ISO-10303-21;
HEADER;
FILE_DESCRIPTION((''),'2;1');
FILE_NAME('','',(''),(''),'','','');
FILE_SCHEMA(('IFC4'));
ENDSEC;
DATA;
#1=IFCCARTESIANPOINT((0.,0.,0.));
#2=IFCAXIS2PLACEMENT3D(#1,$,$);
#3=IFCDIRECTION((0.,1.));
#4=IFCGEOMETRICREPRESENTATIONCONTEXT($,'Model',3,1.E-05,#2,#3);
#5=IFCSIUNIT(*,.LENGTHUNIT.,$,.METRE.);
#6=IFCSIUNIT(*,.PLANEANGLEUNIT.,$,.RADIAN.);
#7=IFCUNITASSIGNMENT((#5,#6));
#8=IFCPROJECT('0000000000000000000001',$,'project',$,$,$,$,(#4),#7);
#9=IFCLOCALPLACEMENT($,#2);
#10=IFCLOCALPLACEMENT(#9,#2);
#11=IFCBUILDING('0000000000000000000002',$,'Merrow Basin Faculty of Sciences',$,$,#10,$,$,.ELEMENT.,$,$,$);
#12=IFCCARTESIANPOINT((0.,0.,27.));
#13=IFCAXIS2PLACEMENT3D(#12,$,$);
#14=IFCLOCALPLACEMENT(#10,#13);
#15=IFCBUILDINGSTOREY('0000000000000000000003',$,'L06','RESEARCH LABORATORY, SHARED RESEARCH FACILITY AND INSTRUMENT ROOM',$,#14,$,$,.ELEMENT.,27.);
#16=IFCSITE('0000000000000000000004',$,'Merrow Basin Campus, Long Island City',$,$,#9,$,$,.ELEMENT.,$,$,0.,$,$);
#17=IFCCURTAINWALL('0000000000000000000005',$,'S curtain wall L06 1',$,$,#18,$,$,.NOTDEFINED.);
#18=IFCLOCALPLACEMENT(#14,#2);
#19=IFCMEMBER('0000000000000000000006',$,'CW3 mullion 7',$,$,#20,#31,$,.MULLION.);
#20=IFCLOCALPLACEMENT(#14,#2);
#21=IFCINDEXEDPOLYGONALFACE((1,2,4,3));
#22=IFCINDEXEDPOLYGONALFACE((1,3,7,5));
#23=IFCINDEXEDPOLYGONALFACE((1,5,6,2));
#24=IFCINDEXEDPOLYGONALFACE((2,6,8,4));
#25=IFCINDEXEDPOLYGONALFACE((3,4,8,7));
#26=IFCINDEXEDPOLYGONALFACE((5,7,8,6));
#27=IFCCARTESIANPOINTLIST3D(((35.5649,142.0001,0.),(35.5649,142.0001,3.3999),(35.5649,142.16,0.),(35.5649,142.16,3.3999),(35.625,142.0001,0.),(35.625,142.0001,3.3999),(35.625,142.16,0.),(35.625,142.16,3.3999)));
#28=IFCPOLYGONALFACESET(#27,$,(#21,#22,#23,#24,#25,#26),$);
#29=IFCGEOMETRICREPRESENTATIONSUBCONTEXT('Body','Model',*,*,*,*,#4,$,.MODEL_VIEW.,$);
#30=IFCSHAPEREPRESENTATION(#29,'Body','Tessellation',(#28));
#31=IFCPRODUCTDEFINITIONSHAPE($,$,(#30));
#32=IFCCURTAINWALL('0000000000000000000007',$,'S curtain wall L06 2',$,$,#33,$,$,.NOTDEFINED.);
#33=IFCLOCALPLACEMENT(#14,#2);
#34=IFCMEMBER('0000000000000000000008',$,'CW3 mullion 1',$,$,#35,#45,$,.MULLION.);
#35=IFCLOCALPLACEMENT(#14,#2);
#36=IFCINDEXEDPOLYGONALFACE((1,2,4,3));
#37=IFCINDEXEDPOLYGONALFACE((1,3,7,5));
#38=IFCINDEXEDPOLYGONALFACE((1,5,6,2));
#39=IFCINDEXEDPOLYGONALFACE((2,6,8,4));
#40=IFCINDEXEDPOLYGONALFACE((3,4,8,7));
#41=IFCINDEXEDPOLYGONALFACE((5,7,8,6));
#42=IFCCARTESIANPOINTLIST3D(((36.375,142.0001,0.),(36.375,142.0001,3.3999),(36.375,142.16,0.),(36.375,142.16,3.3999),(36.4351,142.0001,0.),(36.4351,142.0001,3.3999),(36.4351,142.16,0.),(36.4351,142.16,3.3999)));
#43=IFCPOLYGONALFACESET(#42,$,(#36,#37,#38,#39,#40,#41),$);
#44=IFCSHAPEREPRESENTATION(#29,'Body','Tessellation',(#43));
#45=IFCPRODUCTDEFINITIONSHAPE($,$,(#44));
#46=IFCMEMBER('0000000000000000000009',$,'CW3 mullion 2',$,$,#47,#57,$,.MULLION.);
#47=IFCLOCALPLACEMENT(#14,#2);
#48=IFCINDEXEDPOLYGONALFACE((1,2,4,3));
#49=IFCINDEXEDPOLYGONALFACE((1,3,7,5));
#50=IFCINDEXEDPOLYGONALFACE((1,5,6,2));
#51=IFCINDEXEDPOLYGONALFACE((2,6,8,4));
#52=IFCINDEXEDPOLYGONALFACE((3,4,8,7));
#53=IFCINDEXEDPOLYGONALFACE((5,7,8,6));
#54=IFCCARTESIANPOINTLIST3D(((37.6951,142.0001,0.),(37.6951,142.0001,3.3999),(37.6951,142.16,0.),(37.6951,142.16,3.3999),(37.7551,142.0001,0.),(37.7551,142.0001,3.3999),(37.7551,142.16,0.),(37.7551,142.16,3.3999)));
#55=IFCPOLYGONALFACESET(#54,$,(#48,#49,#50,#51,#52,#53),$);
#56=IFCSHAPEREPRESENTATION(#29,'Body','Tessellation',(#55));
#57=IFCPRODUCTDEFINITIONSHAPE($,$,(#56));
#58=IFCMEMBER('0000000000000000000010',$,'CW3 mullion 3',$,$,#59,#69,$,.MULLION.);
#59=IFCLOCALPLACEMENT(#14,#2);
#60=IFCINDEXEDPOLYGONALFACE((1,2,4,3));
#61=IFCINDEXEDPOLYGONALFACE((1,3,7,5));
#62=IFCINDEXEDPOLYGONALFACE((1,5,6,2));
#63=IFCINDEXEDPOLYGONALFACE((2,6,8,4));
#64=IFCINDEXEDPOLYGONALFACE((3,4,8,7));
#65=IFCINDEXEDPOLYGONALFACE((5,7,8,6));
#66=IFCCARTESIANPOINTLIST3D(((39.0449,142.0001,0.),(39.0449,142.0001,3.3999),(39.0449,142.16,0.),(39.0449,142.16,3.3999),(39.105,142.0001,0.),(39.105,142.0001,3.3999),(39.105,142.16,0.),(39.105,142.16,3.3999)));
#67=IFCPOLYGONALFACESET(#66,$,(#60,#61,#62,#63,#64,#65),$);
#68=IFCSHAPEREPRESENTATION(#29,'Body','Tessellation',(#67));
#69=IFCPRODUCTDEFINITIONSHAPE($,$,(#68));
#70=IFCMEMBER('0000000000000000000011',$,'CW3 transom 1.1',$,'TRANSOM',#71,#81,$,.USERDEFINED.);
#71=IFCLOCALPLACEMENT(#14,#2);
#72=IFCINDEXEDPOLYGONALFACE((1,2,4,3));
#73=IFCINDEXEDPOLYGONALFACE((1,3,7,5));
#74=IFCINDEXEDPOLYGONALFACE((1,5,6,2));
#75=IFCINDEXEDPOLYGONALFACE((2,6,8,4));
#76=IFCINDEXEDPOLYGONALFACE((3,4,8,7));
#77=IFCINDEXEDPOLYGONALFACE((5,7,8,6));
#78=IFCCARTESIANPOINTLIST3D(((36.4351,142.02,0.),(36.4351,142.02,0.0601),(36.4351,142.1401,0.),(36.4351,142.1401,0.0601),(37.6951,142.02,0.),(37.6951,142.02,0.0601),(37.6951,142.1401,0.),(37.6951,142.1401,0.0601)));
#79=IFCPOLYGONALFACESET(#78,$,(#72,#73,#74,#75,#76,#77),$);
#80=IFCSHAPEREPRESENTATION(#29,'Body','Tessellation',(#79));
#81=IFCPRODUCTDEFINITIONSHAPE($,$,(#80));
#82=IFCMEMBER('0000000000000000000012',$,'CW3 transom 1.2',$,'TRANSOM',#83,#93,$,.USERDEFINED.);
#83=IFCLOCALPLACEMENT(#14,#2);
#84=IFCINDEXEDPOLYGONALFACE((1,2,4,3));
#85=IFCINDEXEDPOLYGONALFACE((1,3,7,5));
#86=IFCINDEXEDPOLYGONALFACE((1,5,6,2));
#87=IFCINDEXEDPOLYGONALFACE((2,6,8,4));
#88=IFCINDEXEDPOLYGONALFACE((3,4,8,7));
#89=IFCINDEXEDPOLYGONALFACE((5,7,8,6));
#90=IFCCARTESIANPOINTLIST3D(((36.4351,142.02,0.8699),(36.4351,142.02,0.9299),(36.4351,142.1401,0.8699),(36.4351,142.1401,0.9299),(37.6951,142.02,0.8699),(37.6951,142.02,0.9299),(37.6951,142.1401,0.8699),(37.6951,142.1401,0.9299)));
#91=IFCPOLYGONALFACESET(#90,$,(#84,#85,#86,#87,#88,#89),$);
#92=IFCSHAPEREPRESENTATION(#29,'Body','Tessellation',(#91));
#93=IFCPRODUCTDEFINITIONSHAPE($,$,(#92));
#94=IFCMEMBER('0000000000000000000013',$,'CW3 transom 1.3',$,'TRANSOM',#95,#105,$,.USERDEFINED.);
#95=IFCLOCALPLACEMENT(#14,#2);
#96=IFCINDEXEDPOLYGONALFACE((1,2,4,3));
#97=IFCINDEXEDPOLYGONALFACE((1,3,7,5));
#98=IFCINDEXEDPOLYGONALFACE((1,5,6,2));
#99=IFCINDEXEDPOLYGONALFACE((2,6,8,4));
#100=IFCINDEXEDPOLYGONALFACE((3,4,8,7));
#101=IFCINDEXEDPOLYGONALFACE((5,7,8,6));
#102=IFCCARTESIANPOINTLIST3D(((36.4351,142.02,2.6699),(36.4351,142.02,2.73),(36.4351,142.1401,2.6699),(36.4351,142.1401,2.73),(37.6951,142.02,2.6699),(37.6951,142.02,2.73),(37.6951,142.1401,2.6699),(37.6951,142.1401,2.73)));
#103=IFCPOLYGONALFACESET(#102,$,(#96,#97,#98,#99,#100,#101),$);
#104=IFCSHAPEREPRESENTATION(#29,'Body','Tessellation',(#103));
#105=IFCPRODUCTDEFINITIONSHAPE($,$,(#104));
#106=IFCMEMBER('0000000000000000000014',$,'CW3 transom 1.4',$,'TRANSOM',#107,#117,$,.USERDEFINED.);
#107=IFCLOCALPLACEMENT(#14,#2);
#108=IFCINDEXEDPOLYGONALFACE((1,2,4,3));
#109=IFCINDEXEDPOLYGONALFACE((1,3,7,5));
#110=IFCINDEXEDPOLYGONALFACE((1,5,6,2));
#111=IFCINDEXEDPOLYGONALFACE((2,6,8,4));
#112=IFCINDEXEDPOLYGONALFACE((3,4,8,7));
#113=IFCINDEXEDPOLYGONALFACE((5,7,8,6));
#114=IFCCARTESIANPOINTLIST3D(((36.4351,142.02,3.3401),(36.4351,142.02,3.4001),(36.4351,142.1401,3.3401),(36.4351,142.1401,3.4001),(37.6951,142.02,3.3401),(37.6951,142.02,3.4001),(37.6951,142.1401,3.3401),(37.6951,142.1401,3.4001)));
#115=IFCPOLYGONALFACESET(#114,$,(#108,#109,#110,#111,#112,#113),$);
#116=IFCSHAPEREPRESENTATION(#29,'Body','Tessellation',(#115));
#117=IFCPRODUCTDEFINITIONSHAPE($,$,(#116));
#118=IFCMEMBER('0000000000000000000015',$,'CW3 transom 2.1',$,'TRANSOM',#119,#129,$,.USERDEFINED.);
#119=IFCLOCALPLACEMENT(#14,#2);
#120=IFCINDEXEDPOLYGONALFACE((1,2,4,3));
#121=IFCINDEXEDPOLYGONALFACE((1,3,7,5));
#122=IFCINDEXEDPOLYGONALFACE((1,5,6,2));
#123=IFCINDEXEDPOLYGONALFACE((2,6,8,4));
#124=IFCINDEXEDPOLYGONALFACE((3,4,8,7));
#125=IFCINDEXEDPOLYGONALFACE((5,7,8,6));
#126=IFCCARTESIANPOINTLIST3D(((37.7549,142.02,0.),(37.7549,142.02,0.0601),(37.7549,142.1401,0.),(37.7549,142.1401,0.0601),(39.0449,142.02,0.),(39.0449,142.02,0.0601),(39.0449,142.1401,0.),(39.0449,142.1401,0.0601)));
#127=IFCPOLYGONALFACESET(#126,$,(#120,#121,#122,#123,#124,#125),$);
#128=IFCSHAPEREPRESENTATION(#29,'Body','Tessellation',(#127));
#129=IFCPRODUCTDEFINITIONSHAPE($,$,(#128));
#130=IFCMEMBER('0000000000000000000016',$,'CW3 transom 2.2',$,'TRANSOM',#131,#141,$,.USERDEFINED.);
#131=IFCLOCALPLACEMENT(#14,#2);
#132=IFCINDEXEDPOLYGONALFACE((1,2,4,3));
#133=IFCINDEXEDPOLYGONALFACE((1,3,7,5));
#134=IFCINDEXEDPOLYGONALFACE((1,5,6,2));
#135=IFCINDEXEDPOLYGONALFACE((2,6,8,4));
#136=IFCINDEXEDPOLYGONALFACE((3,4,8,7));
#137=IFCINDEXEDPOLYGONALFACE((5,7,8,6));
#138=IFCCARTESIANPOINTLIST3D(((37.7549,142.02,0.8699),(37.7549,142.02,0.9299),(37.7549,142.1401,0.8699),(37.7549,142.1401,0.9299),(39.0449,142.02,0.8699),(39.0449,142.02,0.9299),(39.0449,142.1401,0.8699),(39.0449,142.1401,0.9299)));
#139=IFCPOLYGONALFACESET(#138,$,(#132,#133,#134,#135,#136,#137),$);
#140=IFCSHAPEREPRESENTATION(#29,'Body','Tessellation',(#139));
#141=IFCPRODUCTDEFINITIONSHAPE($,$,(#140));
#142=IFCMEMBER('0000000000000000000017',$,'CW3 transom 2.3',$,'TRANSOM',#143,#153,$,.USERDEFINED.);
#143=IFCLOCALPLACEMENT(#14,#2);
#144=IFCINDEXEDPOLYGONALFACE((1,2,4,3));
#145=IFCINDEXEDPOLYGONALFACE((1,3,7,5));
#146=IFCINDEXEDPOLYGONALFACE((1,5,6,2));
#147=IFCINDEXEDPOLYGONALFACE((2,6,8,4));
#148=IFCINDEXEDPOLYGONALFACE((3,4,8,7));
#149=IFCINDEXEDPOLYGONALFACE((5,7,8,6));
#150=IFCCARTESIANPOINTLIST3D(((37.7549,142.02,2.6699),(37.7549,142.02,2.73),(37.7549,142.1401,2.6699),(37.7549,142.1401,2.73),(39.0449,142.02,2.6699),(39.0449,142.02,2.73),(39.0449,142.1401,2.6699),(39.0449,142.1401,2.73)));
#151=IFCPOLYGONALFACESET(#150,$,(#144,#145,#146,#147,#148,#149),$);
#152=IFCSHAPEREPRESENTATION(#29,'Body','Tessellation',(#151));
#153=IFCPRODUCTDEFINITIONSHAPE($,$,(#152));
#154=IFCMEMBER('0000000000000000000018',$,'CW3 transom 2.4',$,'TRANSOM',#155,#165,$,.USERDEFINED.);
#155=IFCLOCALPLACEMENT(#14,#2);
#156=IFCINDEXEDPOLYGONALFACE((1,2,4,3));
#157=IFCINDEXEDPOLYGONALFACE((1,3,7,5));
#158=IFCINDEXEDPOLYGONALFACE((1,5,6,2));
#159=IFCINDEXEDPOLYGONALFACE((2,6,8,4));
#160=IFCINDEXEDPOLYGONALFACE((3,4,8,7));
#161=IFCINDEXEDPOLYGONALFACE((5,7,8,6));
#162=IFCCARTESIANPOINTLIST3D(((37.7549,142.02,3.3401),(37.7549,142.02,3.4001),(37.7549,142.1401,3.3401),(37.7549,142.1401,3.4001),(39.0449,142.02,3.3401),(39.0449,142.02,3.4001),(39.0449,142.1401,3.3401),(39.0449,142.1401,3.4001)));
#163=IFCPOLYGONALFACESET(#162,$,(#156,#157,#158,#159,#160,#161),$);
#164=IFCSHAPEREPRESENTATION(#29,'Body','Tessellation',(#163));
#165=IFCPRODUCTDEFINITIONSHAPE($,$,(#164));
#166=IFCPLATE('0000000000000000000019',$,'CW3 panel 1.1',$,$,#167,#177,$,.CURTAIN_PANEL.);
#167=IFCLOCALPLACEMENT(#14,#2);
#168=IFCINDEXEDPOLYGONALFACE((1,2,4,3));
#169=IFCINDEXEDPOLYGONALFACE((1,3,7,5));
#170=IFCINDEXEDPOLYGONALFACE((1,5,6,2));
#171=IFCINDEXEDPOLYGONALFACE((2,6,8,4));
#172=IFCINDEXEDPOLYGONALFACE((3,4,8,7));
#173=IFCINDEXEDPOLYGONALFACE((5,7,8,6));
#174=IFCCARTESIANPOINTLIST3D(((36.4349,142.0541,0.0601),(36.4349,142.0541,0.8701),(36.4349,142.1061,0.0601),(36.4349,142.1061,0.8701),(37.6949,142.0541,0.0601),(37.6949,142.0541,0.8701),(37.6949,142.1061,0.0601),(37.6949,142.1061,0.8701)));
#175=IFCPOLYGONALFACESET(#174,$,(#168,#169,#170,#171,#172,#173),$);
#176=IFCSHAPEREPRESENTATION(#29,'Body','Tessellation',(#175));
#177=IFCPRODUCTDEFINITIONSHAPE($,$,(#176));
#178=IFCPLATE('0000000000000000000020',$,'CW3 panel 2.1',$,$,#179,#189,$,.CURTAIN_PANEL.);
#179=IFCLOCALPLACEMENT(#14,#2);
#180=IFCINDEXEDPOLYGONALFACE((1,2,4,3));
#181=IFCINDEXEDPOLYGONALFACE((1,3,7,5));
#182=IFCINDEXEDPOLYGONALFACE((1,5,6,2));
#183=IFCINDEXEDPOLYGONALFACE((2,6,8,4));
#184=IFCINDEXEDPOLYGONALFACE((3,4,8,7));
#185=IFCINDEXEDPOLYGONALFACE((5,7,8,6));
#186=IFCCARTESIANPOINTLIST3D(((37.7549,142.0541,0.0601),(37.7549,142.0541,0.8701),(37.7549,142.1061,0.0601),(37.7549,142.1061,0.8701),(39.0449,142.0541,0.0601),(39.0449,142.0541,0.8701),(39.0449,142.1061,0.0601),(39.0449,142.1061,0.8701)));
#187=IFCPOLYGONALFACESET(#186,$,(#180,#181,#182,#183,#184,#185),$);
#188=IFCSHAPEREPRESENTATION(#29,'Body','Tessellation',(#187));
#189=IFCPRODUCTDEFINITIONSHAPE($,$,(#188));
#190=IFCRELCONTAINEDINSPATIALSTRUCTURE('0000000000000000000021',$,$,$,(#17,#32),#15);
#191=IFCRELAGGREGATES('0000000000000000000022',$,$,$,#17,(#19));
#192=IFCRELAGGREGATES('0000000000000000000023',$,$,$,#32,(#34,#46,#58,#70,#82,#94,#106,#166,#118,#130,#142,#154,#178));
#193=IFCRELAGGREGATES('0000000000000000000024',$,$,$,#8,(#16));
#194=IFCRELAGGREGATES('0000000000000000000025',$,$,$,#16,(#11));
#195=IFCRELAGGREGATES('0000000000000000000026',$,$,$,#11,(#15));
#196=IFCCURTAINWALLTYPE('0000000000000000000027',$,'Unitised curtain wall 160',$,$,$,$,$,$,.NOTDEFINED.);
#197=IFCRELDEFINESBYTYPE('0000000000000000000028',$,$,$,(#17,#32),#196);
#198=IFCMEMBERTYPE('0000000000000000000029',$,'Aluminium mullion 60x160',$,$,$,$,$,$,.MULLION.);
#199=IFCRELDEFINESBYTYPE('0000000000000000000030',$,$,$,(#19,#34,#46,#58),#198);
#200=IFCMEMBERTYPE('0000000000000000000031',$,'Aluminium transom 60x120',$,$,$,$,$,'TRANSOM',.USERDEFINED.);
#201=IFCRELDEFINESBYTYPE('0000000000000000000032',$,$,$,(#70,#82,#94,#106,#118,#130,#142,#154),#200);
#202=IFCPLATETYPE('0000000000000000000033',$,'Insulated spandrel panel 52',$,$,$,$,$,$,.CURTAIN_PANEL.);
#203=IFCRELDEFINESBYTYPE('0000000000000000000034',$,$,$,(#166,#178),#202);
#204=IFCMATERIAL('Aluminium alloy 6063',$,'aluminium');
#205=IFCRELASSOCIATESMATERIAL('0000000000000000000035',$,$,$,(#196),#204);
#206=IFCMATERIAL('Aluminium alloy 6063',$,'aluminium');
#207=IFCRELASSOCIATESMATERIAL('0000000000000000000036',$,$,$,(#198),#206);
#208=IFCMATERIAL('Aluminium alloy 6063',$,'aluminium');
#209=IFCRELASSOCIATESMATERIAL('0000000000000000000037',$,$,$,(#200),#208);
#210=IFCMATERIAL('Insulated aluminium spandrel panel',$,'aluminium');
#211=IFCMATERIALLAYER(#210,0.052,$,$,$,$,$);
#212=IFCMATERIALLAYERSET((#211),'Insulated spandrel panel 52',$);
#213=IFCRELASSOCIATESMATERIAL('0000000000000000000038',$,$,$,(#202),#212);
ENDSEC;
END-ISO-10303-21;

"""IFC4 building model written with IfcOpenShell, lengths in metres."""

from ifc_helpers import new_model, si_unit, direction, frame, origin, origin_2d, place, context, subcontext, project, spatial, rectangle, extrude, material, layer, layer_set, material_profile, profile_set, type_object, element, aggregate, save


model = new_model("IFC4")

# Units and contexts
model_context = context("Model", 3, precision=1e-05, world=origin(), true_north=direction((0.0, 1.0)))
body_context = subcontext(model_context, "Body", "Model", "MODEL_VIEW")
ifc_project = project(units=[si_unit("LENGTHUNIT", "METRE"), si_unit("PLANEANGLEUNIT", "RADIAN")], contexts=[model_context])

# Site, building, storey
site_placement = place(None, origin())
site = spatial("IfcSite", under=ifc_project, at=site_placement, Name="Merrow Basin Campus, Long Island City", CompositionType="ELEMENT", RefElevation=0.0)
building_placement = place(site_placement, origin())
building = spatial("IfcBuilding", under=site, at=building_placement, Name="Merrow Basin Faculty of Sciences", CompositionType="ELEMENT")
storey_placement = place(building_placement, frame((0.0, 0.0, 27.0)))
storey = spatial("IfcBuildingStorey", under=building, at=storey_placement, Name="L06", Description="RESEARCH LABORATORY, SHARED RESEARCH FACILITY AND INSTRUMENT ROOM", CompositionType="ELEMENT", Elevation=27.0)

# Curtain wall, member
ifc_material_1 = material(Name="Aluminium alloy 6063", Category="aluminium")
curtain_wall_type = type_object("IfcCurtainWallType", Name="Unitised curtain wall 160", PredefinedType="NOTDEFINED", material=ifc_material_1)
curtain_wall_1_placement = place(storey_placement, origin())
curtain_wall_1 = element("IfcCurtainWall", 1, at=curtain_wall_1_placement, inside=storey, type_object=curtain_wall_type, Name="S curtain wall L06 1", PredefinedType="NOTDEFINED")
ifc_material_2 = material(Name="Aluminium alloy 6063", Category="aluminium")
ifc_material_profile_1 = material_profile(ifc_material_2, rectangle(XDim=0.1599, YDim=0.0601, at=origin_2d()))
ifc_profile_set_1 = profile_set([ifc_material_profile_1], Name="Aluminium alloy 6063")
member_type_1 = type_object("IfcMemberType", Name="Aluminium mullion 60x160", PredefinedType="MULLION", material=ifc_profile_set_1)
member_1_placement = place(storey_placement, frame((35.595, 142.0801, 0.0), z_axis=(0.0, 0.0, 1.0), x_axis=(0.0, 1.0, 0.0)))
member_1 = element("IfcMember", 2, at=member_1_placement, type_object=member_type_1, Name="CW3 mullion 7", PredefinedType="MULLION", context=body_context, shape_type="SweptSolid", body=[
    extrude(rectangle(XDim=0.1599, YDim=0.0601, at=origin_2d()), origin(), (0.0, 0.0, 1.0), 3.3999),
])

# Curtain wall, members, plates
curtain_wall_2_placement = place(storey_placement, origin())
curtain_wall_2 = element("IfcCurtainWall", 3, at=curtain_wall_2_placement, inside=storey, type_object=curtain_wall_type, Name="S curtain wall L06 2", PredefinedType="NOTDEFINED")
member_2_placement = place(storey_placement, frame((36.405, 142.0801, 0.0), z_axis=(0.0, 0.0, 1.0), x_axis=(0.0, 1.0, 0.0)))
member_2 = element("IfcMember", 4, at=member_2_placement, type_object=member_type_1, Name="CW3 mullion 1", PredefinedType="MULLION", context=body_context, shape_type="SweptSolid", body=[
    extrude(rectangle(XDim=0.1599, YDim=0.0601, at=origin_2d()), origin(), (0.0, 0.0, 1.0), 3.3999),
])
member_3_placement = place(storey_placement, frame((37.7251, 142.0801, 0.0), z_axis=(0.0, 0.0, 1.0), x_axis=(0.0, 1.0, 0.0)))
member_3 = element("IfcMember", 5, at=member_3_placement, type_object=member_type_1, Name="CW3 mullion 2", PredefinedType="MULLION", context=body_context, shape_type="SweptSolid", body=[
    extrude(rectangle(XDim=0.1599, YDim=0.0601, at=origin_2d()), origin(), (0.0, 0.0, 1.0), 3.3999),
])
member_4_placement = place(storey_placement, frame((39.075, 142.0801, 0.0), z_axis=(0.0, 0.0, 1.0), x_axis=(0.0, 1.0, 0.0)))
member_4 = element("IfcMember", 6, at=member_4_placement, type_object=member_type_1, Name="CW3 mullion 3", PredefinedType="MULLION", context=body_context, shape_type="SweptSolid", body=[
    extrude(rectangle(XDim=0.1599, YDim=0.0601, at=origin_2d()), origin(), (0.0, 0.0, 1.0), 3.3999),
])
ifc_material_3 = material(Name="Aluminium alloy 6063", Category="aluminium")
ifc_material_profile_2 = material_profile(ifc_material_3, rectangle(XDim=0.1201, YDim=0.0601, at=origin_2d()))
ifc_profile_set_2 = profile_set([ifc_material_profile_2], Name="Aluminium alloy 6063")
member_type_2 = type_object("IfcMemberType", Name="Aluminium transom 60x120", ElementType="TRANSOM", PredefinedType="USERDEFINED", material=ifc_profile_set_2)
member_5_placement = place(storey_placement, frame((36.4351, 142.0801, 0.03), z_axis=(1.0, 0.0, 0.0), x_axis=(0.0, 1.0, 0.0)))
member_5 = element("IfcMember", 7, at=member_5_placement, type_object=member_type_2, Name="CW3 transom 1.1", ObjectType="TRANSOM", PredefinedType="USERDEFINED", context=body_context, shape_type="SweptSolid", body=[
    extrude(rectangle(XDim=0.1201, YDim=0.0601, at=origin_2d()), origin(), (0.0, 0.0, 1.0), 1.26),
])
member_6_placement = place(storey_placement, frame((36.4351, 142.0801, 0.8999), z_axis=(1.0, 0.0, 0.0), x_axis=(0.0, 1.0, 0.0)))
member_6 = element("IfcMember", 8, at=member_6_placement, type_object=member_type_2, Name="CW3 transom 1.2", ObjectType="TRANSOM", PredefinedType="USERDEFINED", context=body_context, shape_type="SweptSolid", body=[
    extrude(rectangle(XDim=0.1201, YDim=0.0601, at=origin_2d()), origin(), (0.0, 0.0, 1.0), 1.26),
])
member_7_placement = place(storey_placement, frame((36.4351, 142.0801, 2.7), z_axis=(1.0, 0.0, 0.0), x_axis=(0.0, 1.0, 0.0)))
member_7 = element("IfcMember", 9, at=member_7_placement, type_object=member_type_2, Name="CW3 transom 1.3", ObjectType="TRANSOM", PredefinedType="USERDEFINED", context=body_context, shape_type="SweptSolid", body=[
    extrude(rectangle(XDim=0.1201, YDim=0.0601, at=origin_2d()), origin(), (0.0, 0.0, 1.0), 1.26),
])
member_8_placement = place(storey_placement, frame((36.4351, 142.0801, 3.3701), z_axis=(1.0, 0.0, 0.0), x_axis=(0.0, 1.0, 0.0)))
member_8 = element("IfcMember", 10, at=member_8_placement, type_object=member_type_2, Name="CW3 transom 1.4", ObjectType="TRANSOM", PredefinedType="USERDEFINED", context=body_context, shape_type="SweptSolid", body=[
    extrude(rectangle(XDim=0.1201, YDim=0.0601, at=origin_2d()), origin(), (0.0, 0.0, 1.0), 1.26),
])
member_9_placement = place(storey_placement, frame((37.7549, 142.0801, 0.03), z_axis=(1.0, 0.0, 0.0), x_axis=(0.0, 1.0, 0.0)))
member_9 = element("IfcMember", 11, at=member_9_placement, type_object=member_type_2, Name="CW3 transom 2.1", ObjectType="TRANSOM", PredefinedType="USERDEFINED", context=body_context, shape_type="SweptSolid", body=[
    extrude(rectangle(XDim=0.1201, YDim=0.0601, at=origin_2d()), origin(), (0.0, 0.0, 1.0), 1.29),
])
member_10_placement = place(storey_placement, frame((37.7549, 142.0801, 0.8999), z_axis=(1.0, 0.0, 0.0), x_axis=(0.0, 1.0, 0.0)))
member_10 = element("IfcMember", 12, at=member_10_placement, type_object=member_type_2, Name="CW3 transom 2.2", ObjectType="TRANSOM", PredefinedType="USERDEFINED", context=body_context, shape_type="SweptSolid", body=[
    extrude(rectangle(XDim=0.1201, YDim=0.0601, at=origin_2d()), origin(), (0.0, 0.0, 1.0), 1.29),
])
member_11_placement = place(storey_placement, frame((37.7549, 142.0801, 2.7), z_axis=(1.0, 0.0, 0.0), x_axis=(0.0, 1.0, 0.0)))
member_11 = element("IfcMember", 13, at=member_11_placement, type_object=member_type_2, Name="CW3 transom 2.3", ObjectType="TRANSOM", PredefinedType="USERDEFINED", context=body_context, shape_type="SweptSolid", body=[
    extrude(rectangle(XDim=0.1201, YDim=0.0601, at=origin_2d()), origin(), (0.0, 0.0, 1.0), 1.29),
])
member_12_placement = place(storey_placement, frame((37.7549, 142.0801, 3.3701), z_axis=(1.0, 0.0, 0.0), x_axis=(0.0, 1.0, 0.0)))
member_12 = element("IfcMember", 14, at=member_12_placement, type_object=member_type_2, Name="CW3 transom 2.4", ObjectType="TRANSOM", PredefinedType="USERDEFINED", context=body_context, shape_type="SweptSolid", body=[
    extrude(rectangle(XDim=0.1201, YDim=0.0601, at=origin_2d()), origin(), (0.0, 0.0, 1.0), 1.29),
])
ifc_material_4 = material(Name="Insulated aluminium spandrel panel", Category="aluminium")
ifc_layer_1 = layer(ifc_material_4, 0.052)
ifc_layer_set_1 = layer_set([ifc_layer_1], Name="Insulated spandrel panel 52")
plate_type_1 = type_object("IfcPlateType", Name="Insulated spandrel panel 52", PredefinedType="CURTAIN_PANEL", material=ifc_layer_set_1)
plate_1_placement = place(storey_placement, frame((37.0649, 142.0801, 0.0601), z_axis=(0.0, 0.0, 1.0), x_axis=(1.0, 0.0, 0.0)))
plate_1 = element("IfcPlate", 15, at=plate_1_placement, type_object=plate_type_1, Name="CW3 panel 1.1", PredefinedType="CURTAIN_PANEL", context=body_context, shape_type="SweptSolid", body=[
    extrude(rectangle(XDim=1.26, YDim=0.052, at=origin_2d()), origin(), (0.0, 0.0, 1.0), 0.8101),
])
plate_2_placement = place(storey_placement, frame((38.3999, 142.0801, 0.0601), z_axis=(0.0, 0.0, 1.0), x_axis=(1.0, 0.0, 0.0)))
plate_2 = element("IfcPlate", 16, at=plate_2_placement, type_object=plate_type_1, Name="CW3 panel 2.1", PredefinedType="CURTAIN_PANEL", context=body_context, shape_type="SweptSolid", body=[
    extrude(rectangle(XDim=1.29, YDim=0.052, at=origin_2d()), origin(), (0.0, 0.0, 1.0), 0.8101),
])

aggregate(curtain_wall_1, [member_1])
aggregate(curtain_wall_2, [member_2, member_3, member_4, member_5, member_6, member_7, member_8, plate_1, member_9, member_10, member_11, member_12, plate_2])

save(model, "model.ifc")
